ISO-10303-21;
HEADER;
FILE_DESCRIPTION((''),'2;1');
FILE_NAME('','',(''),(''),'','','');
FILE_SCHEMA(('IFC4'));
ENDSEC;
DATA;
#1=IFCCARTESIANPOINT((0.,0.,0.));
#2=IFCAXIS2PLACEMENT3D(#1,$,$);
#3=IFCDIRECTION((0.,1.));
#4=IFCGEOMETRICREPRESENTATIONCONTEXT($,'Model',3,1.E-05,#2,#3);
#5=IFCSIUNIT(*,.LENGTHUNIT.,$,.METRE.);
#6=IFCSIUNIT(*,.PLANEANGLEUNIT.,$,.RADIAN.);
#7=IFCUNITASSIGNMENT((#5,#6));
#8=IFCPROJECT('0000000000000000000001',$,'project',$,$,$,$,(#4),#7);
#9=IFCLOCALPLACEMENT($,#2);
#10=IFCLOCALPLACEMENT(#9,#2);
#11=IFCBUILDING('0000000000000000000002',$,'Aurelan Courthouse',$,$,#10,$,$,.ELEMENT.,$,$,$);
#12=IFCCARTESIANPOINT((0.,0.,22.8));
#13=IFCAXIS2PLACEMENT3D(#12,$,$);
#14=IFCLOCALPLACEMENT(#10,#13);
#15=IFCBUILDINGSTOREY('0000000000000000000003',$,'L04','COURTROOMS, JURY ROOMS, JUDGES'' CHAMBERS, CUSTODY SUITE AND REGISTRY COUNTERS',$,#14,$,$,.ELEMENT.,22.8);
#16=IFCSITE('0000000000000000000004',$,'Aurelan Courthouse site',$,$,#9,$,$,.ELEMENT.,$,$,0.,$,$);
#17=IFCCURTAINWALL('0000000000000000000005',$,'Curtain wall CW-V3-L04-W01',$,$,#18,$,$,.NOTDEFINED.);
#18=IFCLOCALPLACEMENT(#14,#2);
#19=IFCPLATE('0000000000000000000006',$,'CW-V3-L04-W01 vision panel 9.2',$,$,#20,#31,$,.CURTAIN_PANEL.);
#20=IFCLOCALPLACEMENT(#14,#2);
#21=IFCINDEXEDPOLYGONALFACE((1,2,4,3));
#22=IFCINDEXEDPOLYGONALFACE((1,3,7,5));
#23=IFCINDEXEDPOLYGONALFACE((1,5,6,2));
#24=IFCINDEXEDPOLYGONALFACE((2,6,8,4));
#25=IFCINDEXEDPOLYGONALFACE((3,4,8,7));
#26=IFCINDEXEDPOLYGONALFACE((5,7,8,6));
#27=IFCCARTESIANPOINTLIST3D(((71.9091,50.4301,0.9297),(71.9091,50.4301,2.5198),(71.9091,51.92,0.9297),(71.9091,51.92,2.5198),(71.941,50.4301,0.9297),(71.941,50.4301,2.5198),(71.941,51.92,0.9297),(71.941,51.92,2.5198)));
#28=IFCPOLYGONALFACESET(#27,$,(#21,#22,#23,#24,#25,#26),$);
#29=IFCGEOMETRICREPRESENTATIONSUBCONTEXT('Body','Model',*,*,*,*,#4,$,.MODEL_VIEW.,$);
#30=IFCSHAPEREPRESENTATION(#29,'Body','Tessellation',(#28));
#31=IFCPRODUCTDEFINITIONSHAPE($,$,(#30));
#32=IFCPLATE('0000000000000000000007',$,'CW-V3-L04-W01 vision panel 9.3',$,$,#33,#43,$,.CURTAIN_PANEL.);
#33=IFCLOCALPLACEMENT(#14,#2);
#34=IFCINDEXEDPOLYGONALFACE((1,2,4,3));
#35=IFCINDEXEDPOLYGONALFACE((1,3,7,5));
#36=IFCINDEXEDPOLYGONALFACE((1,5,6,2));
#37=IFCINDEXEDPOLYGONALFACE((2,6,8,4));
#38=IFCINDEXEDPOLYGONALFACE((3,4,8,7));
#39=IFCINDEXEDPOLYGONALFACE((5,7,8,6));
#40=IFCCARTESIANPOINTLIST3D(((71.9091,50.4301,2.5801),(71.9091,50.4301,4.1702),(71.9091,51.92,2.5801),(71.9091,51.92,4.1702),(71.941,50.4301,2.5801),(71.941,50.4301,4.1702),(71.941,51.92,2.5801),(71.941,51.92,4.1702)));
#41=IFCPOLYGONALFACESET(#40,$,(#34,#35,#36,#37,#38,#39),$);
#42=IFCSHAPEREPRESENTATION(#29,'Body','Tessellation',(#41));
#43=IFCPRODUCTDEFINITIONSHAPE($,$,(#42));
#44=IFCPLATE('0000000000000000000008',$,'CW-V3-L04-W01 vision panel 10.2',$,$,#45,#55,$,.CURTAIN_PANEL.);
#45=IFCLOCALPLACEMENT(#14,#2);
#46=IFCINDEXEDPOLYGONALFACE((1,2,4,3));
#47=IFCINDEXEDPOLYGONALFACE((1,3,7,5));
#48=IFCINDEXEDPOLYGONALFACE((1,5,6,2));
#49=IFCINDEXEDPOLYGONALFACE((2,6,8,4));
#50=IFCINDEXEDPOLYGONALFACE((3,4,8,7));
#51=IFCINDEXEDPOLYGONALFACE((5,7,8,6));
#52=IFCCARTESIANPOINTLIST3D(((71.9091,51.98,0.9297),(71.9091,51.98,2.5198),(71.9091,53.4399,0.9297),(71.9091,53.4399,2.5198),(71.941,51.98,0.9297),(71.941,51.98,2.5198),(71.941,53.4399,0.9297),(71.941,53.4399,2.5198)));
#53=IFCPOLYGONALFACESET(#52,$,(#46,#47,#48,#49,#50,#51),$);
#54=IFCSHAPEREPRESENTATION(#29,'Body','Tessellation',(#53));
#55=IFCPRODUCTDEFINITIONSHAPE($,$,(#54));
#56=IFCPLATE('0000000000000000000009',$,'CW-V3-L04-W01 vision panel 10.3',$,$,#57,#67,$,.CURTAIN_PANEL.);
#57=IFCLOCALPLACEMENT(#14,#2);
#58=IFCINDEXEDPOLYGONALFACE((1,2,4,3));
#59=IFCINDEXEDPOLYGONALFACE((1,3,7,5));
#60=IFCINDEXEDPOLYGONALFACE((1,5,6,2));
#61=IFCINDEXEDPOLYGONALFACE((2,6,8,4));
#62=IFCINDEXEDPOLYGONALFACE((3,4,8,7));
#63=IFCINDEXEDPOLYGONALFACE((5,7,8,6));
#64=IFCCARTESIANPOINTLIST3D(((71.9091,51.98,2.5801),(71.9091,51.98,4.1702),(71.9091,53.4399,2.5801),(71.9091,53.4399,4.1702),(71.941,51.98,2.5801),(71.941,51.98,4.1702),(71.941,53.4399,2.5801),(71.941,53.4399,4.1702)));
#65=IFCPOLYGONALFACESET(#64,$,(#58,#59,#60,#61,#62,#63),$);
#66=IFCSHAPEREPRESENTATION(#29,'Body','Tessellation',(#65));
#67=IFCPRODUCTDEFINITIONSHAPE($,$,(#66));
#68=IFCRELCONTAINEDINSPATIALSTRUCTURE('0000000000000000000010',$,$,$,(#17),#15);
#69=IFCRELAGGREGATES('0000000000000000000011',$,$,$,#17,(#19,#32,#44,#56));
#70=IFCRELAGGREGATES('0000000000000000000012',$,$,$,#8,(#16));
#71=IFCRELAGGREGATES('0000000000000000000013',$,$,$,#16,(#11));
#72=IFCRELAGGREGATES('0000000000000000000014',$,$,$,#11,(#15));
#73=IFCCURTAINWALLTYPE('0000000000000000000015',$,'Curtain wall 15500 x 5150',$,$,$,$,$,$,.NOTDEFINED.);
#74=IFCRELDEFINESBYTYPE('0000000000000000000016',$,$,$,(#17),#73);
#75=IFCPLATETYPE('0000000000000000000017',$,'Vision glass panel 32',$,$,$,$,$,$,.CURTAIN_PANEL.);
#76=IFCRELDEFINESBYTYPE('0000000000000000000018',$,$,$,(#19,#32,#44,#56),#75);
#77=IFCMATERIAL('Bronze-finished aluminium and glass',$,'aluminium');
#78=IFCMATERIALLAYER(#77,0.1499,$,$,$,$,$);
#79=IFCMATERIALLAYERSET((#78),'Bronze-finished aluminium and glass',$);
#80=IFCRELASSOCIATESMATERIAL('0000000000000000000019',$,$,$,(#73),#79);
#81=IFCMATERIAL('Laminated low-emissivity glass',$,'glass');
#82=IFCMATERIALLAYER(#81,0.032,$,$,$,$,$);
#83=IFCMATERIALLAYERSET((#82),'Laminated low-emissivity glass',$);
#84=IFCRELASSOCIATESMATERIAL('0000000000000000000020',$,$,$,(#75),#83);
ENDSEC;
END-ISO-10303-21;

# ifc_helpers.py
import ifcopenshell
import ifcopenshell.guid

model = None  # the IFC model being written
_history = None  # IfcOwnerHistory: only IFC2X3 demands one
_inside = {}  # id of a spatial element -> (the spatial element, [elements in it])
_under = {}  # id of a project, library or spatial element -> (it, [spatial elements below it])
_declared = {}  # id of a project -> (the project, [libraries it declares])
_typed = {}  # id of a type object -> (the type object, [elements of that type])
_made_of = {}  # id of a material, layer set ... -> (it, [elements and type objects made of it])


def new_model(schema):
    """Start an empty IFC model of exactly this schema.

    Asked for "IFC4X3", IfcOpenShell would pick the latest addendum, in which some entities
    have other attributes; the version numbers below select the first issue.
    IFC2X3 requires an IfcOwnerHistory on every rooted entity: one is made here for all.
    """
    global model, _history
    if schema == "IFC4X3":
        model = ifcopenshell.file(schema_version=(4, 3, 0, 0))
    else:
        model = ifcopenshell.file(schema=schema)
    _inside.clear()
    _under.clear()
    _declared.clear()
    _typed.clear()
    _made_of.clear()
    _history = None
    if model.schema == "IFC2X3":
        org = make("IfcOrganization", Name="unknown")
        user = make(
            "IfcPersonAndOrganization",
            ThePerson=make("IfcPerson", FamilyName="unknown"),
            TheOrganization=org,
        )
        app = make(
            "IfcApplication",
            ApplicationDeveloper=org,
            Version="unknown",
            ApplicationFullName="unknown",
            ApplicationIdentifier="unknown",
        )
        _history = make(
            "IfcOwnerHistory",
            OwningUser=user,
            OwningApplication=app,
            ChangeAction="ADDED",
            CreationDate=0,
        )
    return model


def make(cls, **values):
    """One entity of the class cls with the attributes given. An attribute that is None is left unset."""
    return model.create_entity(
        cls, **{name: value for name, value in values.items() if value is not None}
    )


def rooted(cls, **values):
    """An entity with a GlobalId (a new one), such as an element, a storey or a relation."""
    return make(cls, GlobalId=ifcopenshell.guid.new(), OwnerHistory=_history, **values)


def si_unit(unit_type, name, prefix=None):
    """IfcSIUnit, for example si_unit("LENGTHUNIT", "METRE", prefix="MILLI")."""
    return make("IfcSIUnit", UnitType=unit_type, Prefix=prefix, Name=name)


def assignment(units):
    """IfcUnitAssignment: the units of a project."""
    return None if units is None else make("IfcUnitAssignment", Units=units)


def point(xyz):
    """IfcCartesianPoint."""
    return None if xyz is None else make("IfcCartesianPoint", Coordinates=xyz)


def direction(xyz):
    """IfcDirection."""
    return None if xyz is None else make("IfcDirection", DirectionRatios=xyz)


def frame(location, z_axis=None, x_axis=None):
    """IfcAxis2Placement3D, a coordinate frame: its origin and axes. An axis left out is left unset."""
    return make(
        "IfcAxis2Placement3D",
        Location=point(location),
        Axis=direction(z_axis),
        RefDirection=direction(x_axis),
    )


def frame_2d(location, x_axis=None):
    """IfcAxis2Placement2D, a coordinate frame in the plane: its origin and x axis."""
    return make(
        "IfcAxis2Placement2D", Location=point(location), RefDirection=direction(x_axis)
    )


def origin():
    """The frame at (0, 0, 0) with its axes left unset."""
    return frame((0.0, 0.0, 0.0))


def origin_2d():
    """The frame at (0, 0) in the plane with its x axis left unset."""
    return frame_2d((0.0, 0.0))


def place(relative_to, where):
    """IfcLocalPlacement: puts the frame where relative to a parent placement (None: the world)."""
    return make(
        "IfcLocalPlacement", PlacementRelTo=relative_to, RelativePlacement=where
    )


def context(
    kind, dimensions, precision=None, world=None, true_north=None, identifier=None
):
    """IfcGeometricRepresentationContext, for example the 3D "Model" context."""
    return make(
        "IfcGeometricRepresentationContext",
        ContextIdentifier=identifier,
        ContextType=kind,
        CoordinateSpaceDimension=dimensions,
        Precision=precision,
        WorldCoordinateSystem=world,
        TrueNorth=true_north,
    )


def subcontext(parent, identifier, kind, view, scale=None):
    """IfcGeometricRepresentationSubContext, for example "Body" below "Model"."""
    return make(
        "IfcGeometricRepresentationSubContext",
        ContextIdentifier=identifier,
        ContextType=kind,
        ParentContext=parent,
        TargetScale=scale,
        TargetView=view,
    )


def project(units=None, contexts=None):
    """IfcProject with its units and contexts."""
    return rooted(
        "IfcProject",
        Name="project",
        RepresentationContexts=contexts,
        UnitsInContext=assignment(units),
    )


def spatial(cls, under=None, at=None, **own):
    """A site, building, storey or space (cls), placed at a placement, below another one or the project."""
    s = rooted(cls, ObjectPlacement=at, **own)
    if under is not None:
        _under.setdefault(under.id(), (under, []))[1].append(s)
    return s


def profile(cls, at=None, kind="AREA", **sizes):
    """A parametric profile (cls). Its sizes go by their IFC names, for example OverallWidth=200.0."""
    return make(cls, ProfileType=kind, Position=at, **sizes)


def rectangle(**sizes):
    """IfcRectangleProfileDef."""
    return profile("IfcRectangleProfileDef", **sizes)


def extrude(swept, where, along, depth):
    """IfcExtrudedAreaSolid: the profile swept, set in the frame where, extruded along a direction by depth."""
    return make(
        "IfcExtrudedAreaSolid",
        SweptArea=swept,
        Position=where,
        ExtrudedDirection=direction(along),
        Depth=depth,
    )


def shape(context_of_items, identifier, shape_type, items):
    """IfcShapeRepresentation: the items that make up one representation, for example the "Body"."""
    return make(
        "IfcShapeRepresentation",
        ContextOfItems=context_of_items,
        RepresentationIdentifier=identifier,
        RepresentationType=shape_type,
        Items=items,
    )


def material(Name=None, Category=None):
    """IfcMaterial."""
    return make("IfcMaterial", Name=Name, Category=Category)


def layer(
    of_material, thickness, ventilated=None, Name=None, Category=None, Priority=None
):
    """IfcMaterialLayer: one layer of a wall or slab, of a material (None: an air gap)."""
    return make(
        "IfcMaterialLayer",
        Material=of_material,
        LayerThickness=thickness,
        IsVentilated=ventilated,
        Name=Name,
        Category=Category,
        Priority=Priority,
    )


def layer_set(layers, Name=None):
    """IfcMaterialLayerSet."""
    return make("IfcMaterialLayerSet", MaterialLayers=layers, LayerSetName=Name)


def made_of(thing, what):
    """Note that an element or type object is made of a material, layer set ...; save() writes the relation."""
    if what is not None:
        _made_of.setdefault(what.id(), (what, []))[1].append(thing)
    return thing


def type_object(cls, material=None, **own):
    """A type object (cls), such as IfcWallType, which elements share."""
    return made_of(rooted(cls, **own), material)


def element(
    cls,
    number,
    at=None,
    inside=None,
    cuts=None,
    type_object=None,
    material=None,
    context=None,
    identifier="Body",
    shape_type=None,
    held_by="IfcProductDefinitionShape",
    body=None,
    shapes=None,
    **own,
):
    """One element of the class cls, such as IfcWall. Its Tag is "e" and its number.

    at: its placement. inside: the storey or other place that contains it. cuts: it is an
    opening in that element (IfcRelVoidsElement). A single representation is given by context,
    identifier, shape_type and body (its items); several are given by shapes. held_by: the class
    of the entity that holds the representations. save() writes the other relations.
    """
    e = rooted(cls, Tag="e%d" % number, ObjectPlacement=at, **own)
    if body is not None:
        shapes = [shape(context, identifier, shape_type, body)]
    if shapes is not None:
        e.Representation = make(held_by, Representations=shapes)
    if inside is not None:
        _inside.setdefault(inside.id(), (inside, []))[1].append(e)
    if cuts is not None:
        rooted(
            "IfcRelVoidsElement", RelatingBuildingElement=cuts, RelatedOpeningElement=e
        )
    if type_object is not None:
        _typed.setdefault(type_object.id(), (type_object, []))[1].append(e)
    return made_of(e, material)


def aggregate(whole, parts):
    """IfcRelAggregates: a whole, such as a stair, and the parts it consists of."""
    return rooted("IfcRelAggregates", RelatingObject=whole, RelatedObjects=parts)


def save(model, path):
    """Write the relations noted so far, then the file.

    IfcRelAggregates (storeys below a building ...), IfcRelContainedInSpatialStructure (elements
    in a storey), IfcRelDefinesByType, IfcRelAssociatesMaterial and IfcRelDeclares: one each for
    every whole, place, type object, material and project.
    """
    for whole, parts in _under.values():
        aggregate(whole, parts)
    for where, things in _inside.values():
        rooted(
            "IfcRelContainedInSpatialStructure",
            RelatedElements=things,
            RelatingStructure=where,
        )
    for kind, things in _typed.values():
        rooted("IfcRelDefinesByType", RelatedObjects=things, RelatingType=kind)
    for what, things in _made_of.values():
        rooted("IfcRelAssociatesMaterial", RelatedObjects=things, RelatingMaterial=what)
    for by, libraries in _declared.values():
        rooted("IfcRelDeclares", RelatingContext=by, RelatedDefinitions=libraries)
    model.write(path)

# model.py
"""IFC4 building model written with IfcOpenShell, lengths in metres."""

from ifc_helpers import new_model, si_unit, direction, frame, origin, origin_2d, place, context, subcontext, project, spatial, rectangle, extrude, material, layer, layer_set, type_object, element, aggregate, save


model = new_model("IFC4")

# Units and contexts
model_context = context("Model", 3, precision=1e-05, world=origin(), true_north=direction((0.0, 1.0)))
body_context = subcontext(model_context, "Body", "Model", "MODEL_VIEW")
ifc_project = project(units=[si_unit("LENGTHUNIT", "METRE"), si_unit("PLANEANGLEUNIT", "RADIAN")], contexts=[model_context])

# Site, building, storey
site_placement = place(None, origin())
site = spatial("IfcSite", under=ifc_project, at=site_placement, Name="Aurelan Courthouse site", CompositionType="ELEMENT", RefElevation=0.0)
building_placement = place(site_placement, origin())
building = spatial("IfcBuilding", under=site, at=building_placement, Name="Aurelan Courthouse", CompositionType="ELEMENT")
storey_placement = place(building_placement, frame((0.0, 0.0, 22.8)))
storey = spatial("IfcBuildingStorey", under=building, at=storey_placement, Name="L04", Description="COURTROOMS, JURY ROOMS, JUDGES' CHAMBERS, CUSTODY SUITE AND REGISTRY COUNTERS", CompositionType="ELEMENT", Elevation=22.8)

# Curtain wall, plates
ifc_material_1 = material(Name="Bronze-finished aluminium and glass", Category="aluminium")
ifc_layer_1 = layer(ifc_material_1, 0.1499)
ifc_layer_set_1 = layer_set([ifc_layer_1], Name="Bronze-finished aluminium and glass")
curtain_wall_type = type_object("IfcCurtainWallType", Name="Curtain wall 15500 x 5150", PredefinedType="NOTDEFINED", material=ifc_layer_set_1)
curtain_wall_placement = place(storey_placement, origin())
curtain_wall = element("IfcCurtainWall", 1, at=curtain_wall_placement, inside=storey, type_object=curtain_wall_type, Name="Curtain wall CW-V3-L04-W01", PredefinedType="NOTDEFINED")
ifc_material_2 = material(Name="Laminated low-emissivity glass", Category="glass")
ifc_layer_2 = layer(ifc_material_2, 0.032)
ifc_layer_set_2 = layer_set([ifc_layer_2], Name="Laminated low-emissivity glass")
plate_type_1 = type_object("IfcPlateType", Name="Vision glass panel 32", PredefinedType="CURTAIN_PANEL", material=ifc_layer_set_2)
plate_1_placement = place(storey_placement, frame((71.925, 51.175, 0.9297), z_axis=(0.0, 0.0, 1.0), x_axis=(0.0, 1.0, 0.0)))
plate_1 = element("IfcPlate", 2, at=plate_1_placement, type_object=plate_type_1, Name="CW-V3-L04-W01 vision panel 9.2", PredefinedType="CURTAIN_PANEL", context=body_context, shape_type="SweptSolid", body=[
    extrude(rectangle(XDim=1.49, YDim=0.032, at=origin_2d()), origin(), (0.0, 0.0, 1.0), 1.5901),
])
plate_2_placement = place(storey_placement, frame((71.925, 51.175, 2.5801), z_axis=(0.0, 0.0, 1.0), x_axis=(0.0, 1.0, 0.0)))
plate_2 = element("IfcPlate", 3, at=plate_2_placement, type_object=plate_type_1, Name="CW-V3-L04-W01 vision panel 9.3", PredefinedType="CURTAIN_PANEL", context=body_context, shape_type="SweptSolid", body=[
    extrude(rectangle(XDim=1.49, YDim=0.032, at=origin_2d()), origin(), (0.0, 0.0, 1.0), 1.5901),
])
plate_3_placement = place(storey_placement, frame((71.925, 52.71, 0.9297), z_axis=(0.0, 0.0, 1.0), x_axis=(0.0, 1.0, 0.0)))
plate_3 = element("IfcPlate", 4, at=plate_3_placement, type_object=plate_type_1, Name="CW-V3-L04-W01 vision panel 10.2", PredefinedType="CURTAIN_PANEL", context=body_context, shape_type="SweptSolid", body=[
    extrude(rectangle(XDim=1.46, YDim=0.032, at=origin_2d()), origin(), (0.0, 0.0, 1.0), 1.5901),
])
plate_4_placement = place(storey_placement, frame((71.925, 52.71, 2.5801), z_axis=(0.0, 0.0, 1.0), x_axis=(0.0, 1.0, 0.0)))
plate_4 = element("IfcPlate", 5, at=plate_4_placement, type_object=plate_type_1, Name="CW-V3-L04-W01 vision panel 10.3", PredefinedType="CURTAIN_PANEL", context=body_context, shape_type="SweptSolid", body=[
    extrude(rectangle(XDim=1.46, YDim=0.032, at=origin_2d()), origin(), (0.0, 0.0, 1.0), 1.5901),
])
aggregate(curtain_wall, [plate_1, plate_2, plate_3, plate_4])

save(model, "model.ifc")
